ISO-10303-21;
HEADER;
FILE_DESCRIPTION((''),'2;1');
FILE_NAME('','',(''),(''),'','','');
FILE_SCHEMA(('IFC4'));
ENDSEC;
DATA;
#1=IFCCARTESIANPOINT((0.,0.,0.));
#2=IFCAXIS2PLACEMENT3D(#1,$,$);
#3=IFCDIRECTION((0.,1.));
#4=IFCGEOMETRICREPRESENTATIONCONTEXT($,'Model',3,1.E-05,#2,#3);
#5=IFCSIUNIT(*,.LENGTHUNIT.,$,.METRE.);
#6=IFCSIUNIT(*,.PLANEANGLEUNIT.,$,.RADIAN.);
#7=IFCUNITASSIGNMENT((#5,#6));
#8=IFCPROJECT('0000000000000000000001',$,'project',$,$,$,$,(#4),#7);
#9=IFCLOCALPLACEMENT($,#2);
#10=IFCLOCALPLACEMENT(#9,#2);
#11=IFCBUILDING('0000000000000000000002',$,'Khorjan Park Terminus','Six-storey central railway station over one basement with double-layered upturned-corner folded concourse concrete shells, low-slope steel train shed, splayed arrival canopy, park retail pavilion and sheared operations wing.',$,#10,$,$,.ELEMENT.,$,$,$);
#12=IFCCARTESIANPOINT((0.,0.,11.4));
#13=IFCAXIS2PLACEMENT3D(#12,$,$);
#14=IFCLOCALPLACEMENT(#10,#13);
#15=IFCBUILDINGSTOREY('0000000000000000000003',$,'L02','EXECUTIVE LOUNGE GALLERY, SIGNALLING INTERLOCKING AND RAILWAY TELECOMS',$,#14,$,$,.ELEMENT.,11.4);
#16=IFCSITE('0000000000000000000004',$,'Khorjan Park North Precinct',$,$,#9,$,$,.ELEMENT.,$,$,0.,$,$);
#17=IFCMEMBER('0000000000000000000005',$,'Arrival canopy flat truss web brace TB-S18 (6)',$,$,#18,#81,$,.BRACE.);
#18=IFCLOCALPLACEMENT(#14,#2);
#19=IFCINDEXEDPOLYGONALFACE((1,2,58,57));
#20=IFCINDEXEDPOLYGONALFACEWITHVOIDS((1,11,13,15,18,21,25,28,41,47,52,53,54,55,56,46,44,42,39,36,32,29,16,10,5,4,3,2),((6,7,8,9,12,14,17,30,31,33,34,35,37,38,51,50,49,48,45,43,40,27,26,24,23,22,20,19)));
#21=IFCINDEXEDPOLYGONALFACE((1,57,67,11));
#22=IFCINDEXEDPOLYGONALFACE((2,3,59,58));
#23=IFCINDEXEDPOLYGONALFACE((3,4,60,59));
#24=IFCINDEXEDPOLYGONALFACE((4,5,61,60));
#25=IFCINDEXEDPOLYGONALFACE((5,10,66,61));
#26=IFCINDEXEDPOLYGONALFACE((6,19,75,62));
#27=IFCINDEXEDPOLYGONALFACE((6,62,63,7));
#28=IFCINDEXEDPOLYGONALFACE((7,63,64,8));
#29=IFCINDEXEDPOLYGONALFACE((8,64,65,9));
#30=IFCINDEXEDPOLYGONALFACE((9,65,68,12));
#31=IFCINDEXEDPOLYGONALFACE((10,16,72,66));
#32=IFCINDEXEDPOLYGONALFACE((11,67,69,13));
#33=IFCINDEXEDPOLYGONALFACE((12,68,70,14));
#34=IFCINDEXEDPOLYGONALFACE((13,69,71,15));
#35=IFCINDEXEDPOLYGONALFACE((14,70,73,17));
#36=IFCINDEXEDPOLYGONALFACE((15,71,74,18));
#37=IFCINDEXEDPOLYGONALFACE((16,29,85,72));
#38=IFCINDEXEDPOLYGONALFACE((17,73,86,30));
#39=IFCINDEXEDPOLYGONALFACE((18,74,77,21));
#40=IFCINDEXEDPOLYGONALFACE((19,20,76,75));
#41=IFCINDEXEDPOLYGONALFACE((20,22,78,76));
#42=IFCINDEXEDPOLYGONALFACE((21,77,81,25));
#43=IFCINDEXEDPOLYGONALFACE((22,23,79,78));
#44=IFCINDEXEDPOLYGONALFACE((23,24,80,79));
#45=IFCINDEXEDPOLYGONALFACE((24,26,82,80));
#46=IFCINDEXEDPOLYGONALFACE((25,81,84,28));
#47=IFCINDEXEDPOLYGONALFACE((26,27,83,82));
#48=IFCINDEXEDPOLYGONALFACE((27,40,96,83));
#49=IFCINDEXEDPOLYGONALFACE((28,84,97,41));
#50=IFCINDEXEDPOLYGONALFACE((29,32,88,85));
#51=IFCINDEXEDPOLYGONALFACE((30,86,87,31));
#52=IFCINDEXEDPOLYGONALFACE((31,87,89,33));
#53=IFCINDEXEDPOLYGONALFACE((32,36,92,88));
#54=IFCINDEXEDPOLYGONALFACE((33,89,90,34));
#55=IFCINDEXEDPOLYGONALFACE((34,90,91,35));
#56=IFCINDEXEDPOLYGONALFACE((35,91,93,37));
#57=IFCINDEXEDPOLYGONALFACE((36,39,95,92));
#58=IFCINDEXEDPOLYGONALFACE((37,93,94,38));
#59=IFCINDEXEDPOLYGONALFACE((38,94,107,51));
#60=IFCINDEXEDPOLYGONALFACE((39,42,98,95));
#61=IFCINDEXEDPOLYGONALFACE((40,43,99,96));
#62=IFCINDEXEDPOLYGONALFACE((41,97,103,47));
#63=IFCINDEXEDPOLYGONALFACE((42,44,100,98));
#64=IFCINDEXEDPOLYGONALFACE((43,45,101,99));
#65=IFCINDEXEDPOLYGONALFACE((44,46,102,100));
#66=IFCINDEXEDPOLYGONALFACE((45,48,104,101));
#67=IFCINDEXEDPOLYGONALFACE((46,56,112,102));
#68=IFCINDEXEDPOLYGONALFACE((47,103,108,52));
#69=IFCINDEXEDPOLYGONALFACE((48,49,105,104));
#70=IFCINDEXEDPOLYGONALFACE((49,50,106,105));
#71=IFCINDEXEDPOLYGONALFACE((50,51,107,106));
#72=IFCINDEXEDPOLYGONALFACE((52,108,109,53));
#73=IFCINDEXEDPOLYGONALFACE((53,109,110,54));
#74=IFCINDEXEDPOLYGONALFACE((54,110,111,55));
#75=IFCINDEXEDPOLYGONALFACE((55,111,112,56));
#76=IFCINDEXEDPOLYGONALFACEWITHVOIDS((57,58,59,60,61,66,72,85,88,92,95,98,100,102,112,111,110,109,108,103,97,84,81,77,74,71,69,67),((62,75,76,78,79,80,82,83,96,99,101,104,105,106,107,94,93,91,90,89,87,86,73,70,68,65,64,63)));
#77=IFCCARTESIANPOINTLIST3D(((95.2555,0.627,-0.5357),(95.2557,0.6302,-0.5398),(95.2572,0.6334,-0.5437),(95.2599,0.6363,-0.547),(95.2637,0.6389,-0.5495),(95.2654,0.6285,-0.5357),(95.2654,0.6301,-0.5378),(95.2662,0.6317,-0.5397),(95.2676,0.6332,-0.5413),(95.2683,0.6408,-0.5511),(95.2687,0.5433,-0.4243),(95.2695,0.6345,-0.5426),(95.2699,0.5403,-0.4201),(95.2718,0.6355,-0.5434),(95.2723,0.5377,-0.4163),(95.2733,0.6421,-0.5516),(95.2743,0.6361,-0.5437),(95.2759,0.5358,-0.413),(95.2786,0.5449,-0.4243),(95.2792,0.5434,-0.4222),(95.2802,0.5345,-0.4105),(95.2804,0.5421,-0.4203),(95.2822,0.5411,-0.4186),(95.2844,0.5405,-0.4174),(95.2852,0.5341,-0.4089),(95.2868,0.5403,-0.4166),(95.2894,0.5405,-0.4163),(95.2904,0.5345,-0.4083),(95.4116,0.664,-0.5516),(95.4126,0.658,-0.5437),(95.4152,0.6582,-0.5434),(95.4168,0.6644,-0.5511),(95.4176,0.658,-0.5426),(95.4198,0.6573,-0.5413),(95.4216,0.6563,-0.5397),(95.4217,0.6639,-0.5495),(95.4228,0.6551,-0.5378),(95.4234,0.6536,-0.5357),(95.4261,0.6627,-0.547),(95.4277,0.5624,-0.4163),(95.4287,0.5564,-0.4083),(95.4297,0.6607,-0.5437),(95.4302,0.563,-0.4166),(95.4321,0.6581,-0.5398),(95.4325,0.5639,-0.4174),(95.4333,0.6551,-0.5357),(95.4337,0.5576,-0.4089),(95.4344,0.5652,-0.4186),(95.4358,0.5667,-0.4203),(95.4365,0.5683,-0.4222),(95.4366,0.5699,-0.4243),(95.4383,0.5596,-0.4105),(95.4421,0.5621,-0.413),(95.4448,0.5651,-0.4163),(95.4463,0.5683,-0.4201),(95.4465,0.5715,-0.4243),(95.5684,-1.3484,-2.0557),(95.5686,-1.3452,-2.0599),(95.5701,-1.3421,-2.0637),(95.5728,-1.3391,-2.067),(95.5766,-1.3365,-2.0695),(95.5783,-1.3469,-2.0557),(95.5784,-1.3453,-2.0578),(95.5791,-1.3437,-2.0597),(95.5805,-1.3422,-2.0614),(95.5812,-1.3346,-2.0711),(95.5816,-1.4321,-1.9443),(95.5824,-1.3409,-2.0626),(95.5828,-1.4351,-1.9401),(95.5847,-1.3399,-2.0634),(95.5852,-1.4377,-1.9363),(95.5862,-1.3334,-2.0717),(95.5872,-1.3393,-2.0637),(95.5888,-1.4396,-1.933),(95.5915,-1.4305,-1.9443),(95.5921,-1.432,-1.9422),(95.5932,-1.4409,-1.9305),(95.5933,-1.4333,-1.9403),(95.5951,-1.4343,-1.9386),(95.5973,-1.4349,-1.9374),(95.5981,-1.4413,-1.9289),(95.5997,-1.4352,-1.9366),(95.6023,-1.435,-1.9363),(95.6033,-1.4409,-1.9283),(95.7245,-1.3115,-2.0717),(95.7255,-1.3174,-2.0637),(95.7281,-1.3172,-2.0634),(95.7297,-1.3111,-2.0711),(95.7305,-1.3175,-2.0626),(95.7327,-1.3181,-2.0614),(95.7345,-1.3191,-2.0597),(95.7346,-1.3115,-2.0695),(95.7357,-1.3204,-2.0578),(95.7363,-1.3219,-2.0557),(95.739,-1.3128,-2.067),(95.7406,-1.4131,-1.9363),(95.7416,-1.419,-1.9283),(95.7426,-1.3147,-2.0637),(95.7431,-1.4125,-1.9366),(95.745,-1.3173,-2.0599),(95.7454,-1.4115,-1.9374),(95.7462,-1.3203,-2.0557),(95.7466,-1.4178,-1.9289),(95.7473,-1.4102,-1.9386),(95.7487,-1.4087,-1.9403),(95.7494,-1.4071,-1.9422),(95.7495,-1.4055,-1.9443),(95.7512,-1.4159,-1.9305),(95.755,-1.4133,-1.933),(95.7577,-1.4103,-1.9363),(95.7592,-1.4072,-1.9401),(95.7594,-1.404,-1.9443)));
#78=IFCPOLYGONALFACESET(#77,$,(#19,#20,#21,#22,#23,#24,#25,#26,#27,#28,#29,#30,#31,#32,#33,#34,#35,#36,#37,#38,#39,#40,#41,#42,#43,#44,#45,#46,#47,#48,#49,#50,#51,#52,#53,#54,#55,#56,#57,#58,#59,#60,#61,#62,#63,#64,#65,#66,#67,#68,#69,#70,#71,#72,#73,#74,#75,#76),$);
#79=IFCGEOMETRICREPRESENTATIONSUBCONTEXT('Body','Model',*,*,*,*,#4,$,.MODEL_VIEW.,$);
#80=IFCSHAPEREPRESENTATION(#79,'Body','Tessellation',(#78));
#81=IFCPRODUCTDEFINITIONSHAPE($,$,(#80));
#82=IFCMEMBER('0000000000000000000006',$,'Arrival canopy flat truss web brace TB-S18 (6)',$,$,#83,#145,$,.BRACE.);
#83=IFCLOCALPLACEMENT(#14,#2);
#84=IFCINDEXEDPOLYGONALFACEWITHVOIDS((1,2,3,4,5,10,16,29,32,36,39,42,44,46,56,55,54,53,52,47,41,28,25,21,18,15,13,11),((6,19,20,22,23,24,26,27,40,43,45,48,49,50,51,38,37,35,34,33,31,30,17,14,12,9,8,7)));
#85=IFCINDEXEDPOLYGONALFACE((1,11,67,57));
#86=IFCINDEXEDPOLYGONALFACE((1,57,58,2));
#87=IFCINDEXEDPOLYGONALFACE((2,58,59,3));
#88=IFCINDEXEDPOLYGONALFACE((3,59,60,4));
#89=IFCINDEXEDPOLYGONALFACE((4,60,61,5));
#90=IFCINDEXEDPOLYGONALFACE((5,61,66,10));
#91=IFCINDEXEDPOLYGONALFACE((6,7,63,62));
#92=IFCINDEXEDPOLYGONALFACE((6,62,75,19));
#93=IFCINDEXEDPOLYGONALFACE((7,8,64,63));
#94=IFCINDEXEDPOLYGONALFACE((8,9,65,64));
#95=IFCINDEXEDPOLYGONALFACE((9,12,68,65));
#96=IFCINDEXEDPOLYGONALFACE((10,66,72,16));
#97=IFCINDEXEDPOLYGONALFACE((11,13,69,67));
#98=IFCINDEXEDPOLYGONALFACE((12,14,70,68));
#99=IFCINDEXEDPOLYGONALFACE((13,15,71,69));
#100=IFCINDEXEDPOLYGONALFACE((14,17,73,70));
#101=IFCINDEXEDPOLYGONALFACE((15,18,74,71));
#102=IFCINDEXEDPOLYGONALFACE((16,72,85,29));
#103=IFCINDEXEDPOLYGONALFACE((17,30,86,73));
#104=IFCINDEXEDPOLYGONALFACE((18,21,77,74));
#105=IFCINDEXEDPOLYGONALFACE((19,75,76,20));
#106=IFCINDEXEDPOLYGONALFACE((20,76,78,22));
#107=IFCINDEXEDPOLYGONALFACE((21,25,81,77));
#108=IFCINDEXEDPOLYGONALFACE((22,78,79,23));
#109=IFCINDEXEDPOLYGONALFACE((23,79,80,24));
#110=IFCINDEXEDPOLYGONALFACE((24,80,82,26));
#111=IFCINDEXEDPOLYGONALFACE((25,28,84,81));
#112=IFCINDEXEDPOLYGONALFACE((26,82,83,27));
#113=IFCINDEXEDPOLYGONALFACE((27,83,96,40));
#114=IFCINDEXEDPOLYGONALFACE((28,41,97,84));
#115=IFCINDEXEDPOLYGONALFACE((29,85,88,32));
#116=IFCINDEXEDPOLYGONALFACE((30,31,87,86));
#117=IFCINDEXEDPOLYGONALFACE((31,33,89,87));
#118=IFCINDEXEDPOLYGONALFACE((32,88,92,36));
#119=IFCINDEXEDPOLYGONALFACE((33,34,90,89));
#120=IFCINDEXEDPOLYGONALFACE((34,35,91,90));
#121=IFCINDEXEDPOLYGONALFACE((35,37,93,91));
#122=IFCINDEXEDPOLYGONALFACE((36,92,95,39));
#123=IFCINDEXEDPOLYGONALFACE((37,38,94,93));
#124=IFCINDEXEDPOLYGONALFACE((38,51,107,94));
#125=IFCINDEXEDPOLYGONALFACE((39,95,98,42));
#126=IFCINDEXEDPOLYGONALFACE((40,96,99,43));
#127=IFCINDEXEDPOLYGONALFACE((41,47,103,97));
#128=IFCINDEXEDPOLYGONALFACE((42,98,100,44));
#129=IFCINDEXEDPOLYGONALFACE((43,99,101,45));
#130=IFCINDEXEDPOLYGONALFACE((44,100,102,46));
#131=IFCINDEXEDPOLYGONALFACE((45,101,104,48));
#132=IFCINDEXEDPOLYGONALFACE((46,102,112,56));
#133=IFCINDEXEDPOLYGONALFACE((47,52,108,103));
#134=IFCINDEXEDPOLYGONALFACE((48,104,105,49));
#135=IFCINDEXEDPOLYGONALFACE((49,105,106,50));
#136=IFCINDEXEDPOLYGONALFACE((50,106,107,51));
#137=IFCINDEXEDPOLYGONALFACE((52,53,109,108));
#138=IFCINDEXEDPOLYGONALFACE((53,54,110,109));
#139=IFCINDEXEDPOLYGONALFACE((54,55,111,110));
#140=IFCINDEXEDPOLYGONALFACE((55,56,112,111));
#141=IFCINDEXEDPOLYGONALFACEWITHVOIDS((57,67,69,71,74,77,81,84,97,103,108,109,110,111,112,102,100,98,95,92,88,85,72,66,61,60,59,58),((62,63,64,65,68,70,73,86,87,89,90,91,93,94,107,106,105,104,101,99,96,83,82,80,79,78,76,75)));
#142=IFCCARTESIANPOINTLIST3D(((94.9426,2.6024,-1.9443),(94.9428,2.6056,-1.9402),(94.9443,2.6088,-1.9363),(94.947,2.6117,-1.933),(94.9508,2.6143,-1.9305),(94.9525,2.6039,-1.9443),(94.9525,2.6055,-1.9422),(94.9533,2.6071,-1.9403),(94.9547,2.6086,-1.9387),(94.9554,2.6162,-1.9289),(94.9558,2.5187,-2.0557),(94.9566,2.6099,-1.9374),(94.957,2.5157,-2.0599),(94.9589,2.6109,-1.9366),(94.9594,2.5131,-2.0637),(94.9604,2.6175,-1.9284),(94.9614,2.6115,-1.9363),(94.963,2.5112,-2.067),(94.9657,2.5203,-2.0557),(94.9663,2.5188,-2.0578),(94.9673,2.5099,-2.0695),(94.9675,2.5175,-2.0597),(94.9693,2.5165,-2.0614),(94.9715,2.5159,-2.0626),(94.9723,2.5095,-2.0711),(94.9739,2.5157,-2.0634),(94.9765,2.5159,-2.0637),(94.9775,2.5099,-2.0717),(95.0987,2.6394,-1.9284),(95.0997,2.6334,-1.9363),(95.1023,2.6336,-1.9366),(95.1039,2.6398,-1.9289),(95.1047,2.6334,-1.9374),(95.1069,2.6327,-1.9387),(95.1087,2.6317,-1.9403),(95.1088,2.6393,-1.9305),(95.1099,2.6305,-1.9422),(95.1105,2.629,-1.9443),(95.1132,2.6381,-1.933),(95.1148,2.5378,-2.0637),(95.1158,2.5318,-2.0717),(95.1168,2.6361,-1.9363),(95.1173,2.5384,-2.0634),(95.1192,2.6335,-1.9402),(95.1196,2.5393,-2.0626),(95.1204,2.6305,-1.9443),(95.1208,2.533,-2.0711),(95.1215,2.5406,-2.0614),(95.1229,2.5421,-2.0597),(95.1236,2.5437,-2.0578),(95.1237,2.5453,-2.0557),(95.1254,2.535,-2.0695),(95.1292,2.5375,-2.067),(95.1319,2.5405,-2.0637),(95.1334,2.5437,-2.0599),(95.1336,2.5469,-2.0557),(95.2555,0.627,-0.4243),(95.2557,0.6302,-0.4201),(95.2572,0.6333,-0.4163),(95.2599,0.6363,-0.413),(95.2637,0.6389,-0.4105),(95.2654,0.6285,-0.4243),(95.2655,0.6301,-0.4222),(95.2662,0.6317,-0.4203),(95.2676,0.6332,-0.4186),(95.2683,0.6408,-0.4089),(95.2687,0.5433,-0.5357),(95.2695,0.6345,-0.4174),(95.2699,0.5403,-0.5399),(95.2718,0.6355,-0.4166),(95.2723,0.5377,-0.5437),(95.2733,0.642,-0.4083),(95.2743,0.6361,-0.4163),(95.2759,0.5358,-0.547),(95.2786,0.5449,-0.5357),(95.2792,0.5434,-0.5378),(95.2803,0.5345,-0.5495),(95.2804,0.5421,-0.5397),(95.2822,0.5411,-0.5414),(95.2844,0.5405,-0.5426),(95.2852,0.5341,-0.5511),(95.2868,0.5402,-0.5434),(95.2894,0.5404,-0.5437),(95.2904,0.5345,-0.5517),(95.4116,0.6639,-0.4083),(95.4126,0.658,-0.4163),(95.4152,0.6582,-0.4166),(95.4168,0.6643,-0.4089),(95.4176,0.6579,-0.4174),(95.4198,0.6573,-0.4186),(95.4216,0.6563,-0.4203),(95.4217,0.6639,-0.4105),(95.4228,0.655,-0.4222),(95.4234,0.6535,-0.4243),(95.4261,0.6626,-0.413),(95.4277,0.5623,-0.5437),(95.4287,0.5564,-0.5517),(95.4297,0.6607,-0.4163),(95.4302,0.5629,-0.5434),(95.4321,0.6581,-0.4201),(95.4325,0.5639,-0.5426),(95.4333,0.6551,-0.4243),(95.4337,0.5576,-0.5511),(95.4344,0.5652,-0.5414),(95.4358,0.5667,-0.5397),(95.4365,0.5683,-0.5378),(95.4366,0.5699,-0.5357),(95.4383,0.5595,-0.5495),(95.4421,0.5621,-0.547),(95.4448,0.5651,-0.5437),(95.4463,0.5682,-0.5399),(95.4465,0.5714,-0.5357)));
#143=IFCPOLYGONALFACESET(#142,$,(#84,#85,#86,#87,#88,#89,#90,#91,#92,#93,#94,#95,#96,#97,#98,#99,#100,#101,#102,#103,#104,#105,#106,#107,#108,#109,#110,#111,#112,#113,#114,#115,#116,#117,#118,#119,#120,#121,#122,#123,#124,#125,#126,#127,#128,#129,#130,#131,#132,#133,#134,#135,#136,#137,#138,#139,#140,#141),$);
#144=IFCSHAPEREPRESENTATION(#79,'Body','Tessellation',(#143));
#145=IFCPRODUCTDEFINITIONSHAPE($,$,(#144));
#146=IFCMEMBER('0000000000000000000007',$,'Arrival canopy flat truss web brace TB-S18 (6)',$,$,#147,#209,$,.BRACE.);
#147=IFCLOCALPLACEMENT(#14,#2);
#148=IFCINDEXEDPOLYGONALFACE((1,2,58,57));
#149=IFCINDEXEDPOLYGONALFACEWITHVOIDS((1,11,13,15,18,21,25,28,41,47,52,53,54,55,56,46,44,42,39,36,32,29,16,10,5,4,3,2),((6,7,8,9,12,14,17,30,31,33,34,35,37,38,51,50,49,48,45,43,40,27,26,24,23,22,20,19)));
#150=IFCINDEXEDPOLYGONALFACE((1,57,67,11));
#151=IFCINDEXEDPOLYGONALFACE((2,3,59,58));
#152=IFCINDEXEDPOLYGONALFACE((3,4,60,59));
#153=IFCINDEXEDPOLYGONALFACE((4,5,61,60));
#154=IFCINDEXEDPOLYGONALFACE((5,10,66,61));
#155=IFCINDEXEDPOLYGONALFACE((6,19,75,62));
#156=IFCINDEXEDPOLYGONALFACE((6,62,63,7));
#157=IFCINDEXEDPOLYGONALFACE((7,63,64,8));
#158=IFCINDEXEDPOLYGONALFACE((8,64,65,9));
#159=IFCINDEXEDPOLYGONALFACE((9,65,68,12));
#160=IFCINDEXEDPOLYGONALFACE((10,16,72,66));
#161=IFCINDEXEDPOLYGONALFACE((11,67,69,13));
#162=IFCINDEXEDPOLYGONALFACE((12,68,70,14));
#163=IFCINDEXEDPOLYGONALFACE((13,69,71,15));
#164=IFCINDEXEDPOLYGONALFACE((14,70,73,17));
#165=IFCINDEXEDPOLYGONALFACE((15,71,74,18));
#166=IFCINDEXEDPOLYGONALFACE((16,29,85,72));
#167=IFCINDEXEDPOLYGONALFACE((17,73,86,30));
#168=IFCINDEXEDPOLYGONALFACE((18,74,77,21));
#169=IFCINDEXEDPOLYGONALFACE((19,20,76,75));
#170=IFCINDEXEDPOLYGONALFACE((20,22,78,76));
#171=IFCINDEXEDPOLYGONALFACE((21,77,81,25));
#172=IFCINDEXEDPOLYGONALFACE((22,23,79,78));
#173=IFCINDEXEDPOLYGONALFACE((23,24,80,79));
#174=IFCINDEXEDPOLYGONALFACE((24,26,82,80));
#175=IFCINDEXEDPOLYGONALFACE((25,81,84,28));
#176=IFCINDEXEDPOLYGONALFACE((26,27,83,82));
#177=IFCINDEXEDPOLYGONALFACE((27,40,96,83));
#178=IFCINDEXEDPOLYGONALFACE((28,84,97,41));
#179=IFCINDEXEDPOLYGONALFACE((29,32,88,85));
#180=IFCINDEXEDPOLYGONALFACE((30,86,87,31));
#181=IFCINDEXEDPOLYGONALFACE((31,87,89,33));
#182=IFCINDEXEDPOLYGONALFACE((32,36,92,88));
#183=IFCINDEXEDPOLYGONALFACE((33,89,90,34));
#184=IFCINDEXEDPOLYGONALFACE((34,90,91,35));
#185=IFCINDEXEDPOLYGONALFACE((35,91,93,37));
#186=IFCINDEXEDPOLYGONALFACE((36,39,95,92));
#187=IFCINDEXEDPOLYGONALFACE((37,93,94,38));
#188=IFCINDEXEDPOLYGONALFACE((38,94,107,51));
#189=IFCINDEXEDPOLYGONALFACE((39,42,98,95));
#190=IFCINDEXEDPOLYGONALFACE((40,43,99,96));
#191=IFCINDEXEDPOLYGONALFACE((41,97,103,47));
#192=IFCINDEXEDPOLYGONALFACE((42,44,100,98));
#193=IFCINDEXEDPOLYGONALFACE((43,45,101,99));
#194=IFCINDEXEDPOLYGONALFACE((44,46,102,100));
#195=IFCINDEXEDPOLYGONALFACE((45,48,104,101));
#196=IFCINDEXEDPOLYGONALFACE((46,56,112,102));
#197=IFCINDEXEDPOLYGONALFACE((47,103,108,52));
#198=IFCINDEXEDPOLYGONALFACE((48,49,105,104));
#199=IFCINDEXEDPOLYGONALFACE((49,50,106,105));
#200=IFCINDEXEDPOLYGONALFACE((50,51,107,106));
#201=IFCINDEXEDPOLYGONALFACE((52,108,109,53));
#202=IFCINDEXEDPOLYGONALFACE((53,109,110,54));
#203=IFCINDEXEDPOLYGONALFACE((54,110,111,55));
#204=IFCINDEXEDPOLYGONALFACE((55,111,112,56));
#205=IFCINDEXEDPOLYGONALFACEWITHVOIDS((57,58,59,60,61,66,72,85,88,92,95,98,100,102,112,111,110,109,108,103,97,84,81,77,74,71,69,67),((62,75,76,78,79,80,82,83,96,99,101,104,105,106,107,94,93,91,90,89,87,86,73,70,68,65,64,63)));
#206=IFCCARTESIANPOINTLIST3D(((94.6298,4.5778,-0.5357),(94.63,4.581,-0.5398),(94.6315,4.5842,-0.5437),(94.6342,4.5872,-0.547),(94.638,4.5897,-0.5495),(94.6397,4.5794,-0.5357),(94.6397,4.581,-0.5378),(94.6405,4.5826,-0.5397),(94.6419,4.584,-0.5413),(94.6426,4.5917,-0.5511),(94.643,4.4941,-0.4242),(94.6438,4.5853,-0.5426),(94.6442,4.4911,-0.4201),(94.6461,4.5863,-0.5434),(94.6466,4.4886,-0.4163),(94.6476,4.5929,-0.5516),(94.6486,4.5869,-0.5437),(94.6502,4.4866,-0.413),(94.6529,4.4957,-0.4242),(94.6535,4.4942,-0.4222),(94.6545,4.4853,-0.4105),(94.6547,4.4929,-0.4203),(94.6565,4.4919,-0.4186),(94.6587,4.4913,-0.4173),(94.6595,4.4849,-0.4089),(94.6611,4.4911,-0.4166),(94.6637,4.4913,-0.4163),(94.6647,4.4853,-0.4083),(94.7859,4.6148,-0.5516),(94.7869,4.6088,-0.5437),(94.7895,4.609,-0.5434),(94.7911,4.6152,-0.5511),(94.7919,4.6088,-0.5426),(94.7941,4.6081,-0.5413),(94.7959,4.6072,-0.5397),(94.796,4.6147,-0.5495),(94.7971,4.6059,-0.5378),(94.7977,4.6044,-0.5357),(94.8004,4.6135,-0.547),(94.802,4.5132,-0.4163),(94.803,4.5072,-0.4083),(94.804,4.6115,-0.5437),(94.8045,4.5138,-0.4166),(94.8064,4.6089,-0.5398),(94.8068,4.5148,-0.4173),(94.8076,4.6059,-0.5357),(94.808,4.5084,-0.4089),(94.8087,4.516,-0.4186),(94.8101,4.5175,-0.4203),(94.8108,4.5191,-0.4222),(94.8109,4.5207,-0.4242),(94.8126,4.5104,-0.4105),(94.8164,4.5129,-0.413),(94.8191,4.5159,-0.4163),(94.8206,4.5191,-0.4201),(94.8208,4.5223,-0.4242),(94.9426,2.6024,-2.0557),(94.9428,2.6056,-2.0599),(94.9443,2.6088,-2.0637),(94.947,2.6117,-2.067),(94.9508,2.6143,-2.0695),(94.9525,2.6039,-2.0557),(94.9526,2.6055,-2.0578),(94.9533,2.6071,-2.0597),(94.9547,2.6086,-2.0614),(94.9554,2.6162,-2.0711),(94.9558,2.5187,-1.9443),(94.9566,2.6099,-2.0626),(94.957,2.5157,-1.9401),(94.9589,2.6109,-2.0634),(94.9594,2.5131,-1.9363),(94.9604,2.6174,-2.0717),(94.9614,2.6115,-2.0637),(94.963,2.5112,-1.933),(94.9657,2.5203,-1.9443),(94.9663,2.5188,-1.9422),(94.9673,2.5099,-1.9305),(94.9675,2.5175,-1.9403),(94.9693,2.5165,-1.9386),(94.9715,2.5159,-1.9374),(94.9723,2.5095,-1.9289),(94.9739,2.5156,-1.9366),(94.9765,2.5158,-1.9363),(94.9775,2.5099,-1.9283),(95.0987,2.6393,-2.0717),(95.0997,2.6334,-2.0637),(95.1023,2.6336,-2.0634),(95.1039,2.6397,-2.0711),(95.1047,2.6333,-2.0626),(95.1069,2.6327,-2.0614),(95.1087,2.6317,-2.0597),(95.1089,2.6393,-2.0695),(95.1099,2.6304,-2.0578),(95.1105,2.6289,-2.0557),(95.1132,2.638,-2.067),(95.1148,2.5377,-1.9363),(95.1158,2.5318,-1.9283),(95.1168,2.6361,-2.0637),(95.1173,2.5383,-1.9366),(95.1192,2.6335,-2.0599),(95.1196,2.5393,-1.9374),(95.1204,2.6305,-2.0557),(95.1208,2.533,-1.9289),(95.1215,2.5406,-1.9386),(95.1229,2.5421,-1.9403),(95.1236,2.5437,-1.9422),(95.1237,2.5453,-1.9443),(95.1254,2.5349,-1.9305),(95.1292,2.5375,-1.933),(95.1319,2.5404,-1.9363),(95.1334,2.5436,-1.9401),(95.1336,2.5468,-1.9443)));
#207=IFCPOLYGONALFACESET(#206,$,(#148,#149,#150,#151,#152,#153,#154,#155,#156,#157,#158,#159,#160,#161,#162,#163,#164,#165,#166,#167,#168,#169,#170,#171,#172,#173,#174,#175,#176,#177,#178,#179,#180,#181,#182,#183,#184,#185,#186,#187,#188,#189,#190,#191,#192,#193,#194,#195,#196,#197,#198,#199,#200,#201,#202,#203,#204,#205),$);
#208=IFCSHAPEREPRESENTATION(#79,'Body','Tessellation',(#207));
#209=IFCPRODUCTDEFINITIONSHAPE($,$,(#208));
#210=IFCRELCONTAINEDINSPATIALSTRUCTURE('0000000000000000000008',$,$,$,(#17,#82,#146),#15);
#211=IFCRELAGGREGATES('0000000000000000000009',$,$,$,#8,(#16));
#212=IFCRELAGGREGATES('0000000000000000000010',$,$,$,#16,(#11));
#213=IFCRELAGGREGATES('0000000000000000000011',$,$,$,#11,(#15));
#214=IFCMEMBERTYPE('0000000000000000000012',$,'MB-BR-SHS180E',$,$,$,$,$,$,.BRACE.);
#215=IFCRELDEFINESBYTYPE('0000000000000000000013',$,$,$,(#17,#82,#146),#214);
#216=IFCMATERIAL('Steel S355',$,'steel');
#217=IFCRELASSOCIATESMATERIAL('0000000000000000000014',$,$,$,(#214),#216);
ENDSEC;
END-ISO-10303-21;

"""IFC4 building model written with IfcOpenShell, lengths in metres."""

from ifc_helpers import new_model, si_unit, direction, frame, origin, origin_2d, place, context, subcontext, project, spatial, hollow_rectangle, extrude, material, material_profile, profile_set, type_object, element, save


model = new_model("IFC4")

# Units and contexts
model_context = context("Model", 3, precision=1e-05, world=origin(), true_north=direction((0.0, 1.0)))
body_context = subcontext(model_context, "Body", "Model", "MODEL_VIEW")
ifc_project = project(units=[si_unit("LENGTHUNIT", "METRE"), si_unit("PLANEANGLEUNIT", "RADIAN")], contexts=[model_context])

# Site, building, storey
site_placement = place(None, origin())
site = spatial("IfcSite", under=ifc_project, at=site_placement, Name="Khorjan Park North Precinct", CompositionType="ELEMENT", RefElevation=0.0)
building_placement = place(site_placement, origin())
building = spatial("IfcBuilding", under=site, at=building_placement, Name="Khorjan Park Terminus", Description="Six-storey central railway station over one basement with double-layered upturned-corner folded concourse concrete shells, low-slope steel train shed, splayed arrival canopy, park retail pavilion and sheared operations wing.", CompositionType="ELEMENT")
storey_placement = place(building_placement, frame((0.0, 0.0, 11.4)))
storey = spatial("IfcBuildingStorey", under=building, at=storey_placement, Name="L02", Description="EXECUTIVE LOUNGE GALLERY, SIGNALLING INTERLOCKING AND RAILWAY TELECOMS", CompositionType="ELEMENT", Elevation=11.4)

# Members
ifc_material = material(Name="Steel S355", Category="steel")
ifc_material_profile_1 = material_profile(ifc_material, hollow_rectangle(XDim=0.18, YDim=0.18, WallThickness=0.01, InnerFilletRadius=0.01, OuterFilletRadius=0.02, at=origin_2d()), Name="SHS 180x180x10")
ifc_profile_set_1 = profile_set([ifc_material_profile_1], Name="Steel S355")
member_type_1 = type_object("IfcMemberType", Name="MB-BR-SHS180E", PredefinedType="BRACE", material=ifc_profile_set_1)
for number, where, z_axis, x_axis, name in (
    (1, (95.6639, -1.3762, -2.0), (-0.124558, 0.786362, 0.605078), (-0.987686, -0.156448, 0.0), "Arrival canopy flat truss web brace TB-S18 (6)"),
    (2, (95.351, 0.5992, -0.48), (-0.124558, 0.786362, -0.605078), (-0.987686, -0.156448, 0.0), "Arrival canopy flat truss web brace TB-S18 (6)"),
    (3, (95.0381, 2.5746, -2.0), (-0.124519, 0.786366, 0.605081), (-0.987694, -0.156399, 0.0), "Arrival canopy flat truss web brace TB-S18 (6)"),
):
    element("IfcMember", number, at=place(storey_placement, frame(where, z_axis=z_axis, x_axis=x_axis)), inside=storey, type_object=member_type_1, Name=name, PredefinedType="BRACE", context=body_context, shape_type="SweptSolid", body=[
        extrude(hollow_rectangle(XDim=0.18, YDim=0.18, WallThickness=0.01, InnerFilletRadius=0.01, OuterFilletRadius=0.02, at=origin_2d()), origin(), (0.0, 0.0, 1.0), 2.5121),
    ])

save(model, "model.ifc")
